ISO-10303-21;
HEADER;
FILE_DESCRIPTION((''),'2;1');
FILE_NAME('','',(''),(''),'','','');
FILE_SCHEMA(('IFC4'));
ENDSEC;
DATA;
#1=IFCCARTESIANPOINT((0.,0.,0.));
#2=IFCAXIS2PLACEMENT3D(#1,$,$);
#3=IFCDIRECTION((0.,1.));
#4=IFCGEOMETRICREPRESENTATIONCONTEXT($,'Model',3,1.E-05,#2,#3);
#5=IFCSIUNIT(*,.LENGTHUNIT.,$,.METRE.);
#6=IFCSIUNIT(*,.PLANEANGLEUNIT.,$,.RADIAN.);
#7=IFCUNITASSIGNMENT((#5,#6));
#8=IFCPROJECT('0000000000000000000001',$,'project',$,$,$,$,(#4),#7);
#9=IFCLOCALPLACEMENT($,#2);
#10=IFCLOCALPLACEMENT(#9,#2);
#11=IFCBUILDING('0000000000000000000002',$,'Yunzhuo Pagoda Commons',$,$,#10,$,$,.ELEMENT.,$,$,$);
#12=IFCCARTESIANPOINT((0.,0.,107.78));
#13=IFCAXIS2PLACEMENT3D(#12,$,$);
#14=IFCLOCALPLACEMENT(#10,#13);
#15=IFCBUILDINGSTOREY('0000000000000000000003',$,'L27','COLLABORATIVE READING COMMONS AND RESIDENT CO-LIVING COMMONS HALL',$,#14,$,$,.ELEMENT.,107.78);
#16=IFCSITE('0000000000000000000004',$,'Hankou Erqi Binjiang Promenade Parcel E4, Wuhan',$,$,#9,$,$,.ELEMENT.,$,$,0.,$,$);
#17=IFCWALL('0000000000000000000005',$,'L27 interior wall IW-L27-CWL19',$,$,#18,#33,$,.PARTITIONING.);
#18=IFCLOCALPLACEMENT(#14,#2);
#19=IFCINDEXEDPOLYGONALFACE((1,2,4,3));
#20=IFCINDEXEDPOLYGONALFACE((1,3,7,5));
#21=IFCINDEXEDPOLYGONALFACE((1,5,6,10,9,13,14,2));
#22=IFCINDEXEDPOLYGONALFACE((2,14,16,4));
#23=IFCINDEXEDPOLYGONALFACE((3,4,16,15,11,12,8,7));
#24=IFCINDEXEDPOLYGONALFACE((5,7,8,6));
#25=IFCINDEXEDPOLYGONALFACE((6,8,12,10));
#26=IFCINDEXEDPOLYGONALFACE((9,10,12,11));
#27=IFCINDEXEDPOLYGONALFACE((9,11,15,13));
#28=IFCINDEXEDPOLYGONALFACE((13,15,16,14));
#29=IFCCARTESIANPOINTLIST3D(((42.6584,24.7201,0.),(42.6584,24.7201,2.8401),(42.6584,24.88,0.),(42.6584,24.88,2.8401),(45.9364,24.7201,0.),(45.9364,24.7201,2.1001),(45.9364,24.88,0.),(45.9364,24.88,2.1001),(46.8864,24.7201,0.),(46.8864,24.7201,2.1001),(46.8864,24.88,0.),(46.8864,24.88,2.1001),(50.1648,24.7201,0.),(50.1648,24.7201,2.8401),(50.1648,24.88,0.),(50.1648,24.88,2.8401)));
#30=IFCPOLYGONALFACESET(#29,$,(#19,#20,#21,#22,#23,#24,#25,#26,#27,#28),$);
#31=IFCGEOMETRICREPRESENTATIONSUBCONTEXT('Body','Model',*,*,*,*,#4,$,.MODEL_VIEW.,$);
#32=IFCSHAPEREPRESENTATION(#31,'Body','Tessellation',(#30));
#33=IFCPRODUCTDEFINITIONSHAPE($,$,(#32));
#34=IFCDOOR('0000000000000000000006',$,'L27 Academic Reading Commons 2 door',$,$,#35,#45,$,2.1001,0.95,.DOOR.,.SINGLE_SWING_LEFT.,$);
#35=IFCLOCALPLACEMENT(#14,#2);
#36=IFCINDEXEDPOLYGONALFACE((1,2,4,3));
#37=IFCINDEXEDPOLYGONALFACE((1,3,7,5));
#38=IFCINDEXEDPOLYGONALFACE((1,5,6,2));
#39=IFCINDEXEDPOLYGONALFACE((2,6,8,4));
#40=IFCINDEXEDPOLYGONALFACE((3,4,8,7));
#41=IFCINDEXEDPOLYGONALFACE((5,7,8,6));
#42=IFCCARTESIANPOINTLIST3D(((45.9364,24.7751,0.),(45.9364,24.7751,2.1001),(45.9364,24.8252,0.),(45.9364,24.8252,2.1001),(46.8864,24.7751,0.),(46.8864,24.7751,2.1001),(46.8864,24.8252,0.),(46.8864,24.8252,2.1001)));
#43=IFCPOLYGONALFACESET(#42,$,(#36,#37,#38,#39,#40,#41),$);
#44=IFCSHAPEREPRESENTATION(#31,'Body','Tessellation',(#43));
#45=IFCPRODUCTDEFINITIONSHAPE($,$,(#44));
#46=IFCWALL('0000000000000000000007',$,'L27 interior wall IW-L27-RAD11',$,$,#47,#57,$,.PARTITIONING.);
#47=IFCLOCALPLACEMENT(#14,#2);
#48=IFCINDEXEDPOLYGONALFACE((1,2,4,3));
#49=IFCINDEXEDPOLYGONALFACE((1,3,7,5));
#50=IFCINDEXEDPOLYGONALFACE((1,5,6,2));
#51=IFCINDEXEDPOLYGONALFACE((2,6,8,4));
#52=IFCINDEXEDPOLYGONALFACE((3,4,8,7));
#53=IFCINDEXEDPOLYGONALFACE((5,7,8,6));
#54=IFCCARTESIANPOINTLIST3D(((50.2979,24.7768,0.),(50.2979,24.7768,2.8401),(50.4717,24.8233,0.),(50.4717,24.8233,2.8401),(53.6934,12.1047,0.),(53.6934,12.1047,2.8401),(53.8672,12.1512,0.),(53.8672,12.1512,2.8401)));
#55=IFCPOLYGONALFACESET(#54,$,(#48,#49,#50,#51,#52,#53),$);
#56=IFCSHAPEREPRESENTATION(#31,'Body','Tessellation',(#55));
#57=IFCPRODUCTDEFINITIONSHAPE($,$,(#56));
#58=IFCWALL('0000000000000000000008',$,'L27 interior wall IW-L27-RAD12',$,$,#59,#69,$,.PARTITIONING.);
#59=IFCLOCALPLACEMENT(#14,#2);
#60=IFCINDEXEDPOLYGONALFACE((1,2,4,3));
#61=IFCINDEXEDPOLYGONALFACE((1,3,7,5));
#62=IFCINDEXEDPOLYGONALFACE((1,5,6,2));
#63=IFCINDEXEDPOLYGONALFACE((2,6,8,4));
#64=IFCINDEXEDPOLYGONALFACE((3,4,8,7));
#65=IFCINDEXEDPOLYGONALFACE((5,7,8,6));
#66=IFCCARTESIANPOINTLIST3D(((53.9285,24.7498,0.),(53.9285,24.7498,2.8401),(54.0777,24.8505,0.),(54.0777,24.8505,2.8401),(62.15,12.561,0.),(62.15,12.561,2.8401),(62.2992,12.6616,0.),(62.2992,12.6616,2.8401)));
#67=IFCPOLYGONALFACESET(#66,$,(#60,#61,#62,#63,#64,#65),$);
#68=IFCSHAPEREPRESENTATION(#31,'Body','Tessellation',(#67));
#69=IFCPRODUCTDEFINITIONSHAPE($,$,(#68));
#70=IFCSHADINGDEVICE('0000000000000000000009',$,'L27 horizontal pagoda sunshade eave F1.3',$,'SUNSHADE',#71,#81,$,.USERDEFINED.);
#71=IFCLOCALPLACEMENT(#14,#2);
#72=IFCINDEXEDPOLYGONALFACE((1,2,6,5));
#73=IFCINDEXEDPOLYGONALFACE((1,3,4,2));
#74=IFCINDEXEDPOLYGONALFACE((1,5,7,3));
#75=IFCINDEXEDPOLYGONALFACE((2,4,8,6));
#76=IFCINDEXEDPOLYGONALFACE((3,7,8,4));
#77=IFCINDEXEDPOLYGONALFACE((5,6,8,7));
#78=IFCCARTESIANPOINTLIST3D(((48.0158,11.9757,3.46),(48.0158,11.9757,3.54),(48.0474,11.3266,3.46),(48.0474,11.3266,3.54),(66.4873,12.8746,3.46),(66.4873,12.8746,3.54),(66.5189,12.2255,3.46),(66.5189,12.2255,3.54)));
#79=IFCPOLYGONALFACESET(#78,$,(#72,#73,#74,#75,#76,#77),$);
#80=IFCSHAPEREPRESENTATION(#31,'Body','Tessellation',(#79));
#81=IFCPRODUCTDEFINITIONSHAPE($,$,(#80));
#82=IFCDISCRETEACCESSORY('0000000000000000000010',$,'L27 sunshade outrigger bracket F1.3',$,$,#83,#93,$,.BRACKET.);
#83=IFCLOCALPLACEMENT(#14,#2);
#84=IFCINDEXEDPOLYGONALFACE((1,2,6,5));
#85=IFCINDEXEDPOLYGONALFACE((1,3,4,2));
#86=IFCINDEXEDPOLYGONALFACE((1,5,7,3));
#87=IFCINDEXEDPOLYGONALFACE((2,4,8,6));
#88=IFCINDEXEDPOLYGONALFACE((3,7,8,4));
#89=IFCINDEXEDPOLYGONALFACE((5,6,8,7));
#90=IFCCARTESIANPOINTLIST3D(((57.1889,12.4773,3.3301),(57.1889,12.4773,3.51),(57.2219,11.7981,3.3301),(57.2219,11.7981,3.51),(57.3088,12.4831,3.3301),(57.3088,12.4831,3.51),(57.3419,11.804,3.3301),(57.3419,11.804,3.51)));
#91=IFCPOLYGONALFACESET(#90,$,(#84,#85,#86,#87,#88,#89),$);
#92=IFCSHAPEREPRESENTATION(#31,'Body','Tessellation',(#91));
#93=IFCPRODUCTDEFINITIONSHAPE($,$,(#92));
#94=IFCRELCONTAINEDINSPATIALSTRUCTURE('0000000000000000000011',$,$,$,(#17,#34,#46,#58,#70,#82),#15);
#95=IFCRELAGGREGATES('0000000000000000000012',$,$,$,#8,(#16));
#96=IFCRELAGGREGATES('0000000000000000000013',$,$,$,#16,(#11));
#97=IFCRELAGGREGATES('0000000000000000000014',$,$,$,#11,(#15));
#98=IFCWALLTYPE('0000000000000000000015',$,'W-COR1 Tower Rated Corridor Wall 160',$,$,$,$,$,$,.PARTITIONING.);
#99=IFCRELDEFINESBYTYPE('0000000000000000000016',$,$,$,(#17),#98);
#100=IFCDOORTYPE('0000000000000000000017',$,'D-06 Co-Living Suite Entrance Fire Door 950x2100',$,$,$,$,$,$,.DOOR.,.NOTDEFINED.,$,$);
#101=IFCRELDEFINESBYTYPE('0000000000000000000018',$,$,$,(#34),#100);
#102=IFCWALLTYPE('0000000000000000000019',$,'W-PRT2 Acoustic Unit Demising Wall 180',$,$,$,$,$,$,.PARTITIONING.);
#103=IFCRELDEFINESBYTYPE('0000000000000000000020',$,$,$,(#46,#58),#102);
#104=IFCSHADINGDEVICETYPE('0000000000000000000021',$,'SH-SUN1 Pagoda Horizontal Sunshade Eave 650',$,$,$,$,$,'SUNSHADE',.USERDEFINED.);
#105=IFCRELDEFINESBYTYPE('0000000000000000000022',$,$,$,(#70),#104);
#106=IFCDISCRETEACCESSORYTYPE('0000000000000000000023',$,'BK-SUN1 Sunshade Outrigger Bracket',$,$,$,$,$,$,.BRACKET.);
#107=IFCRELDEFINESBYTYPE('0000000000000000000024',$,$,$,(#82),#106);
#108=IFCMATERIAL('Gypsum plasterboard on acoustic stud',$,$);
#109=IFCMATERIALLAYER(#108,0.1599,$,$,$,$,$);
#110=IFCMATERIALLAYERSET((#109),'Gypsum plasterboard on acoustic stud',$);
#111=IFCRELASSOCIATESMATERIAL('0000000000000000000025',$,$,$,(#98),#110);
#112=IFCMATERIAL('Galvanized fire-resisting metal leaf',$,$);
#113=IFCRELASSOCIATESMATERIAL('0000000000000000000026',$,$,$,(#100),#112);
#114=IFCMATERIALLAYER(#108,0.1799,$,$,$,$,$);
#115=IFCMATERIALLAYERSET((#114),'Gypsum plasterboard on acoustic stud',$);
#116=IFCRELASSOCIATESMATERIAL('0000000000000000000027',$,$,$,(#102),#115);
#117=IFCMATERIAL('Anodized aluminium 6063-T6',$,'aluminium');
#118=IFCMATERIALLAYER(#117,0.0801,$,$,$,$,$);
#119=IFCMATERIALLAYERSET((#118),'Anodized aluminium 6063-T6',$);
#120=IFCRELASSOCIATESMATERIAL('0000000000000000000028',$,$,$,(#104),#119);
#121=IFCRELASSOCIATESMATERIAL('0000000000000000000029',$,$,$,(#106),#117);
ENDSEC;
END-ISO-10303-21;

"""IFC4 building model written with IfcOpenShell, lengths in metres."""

from ifc_helpers import new_model, si_unit, direction, frame, frame_2d, origin, origin_with_axes, origin_2d, place, context, subcontext, project, spatial, rectangle, extrude, source, transform, mapped, material, layer, layer_set, type_object, element, fill, save


model = new_model("IFC4")

# Units and contexts
model_context = context("Model", 3, precision=1e-05, world=origin(), true_north=direction((0.0, 1.0)))
body_context = subcontext(model_context, "Body", "Model", "MODEL_VIEW")
ifc_project = project(units=[si_unit("LENGTHUNIT", "METRE"), si_unit("PLANEANGLEUNIT", "RADIAN")], contexts=[model_context])

# Site, building, storey
site_placement = place(None, origin())
site = spatial("IfcSite", under=ifc_project, at=site_placement, Name="Hankou Erqi Binjiang Promenade Parcel E4, Wuhan", CompositionType="ELEMENT", RefElevation=0.0)
building_placement = place(site_placement, origin())
building = spatial("IfcBuilding", under=site, at=building_placement, Name="Yunzhuo Pagoda Commons", CompositionType="ELEMENT")
storey_placement = place(building_placement, frame((0.0, 0.0, 107.78)))
storey = spatial("IfcBuildingStorey", under=building, at=storey_placement, Name="L27", Description="COLLABORATIVE READING COMMONS AND RESIDENT CO-LIVING COMMONS HALL", CompositionType="ELEMENT", Elevation=107.78)

# Shared definitions
ifc_material_1 = material(Name="Anodized aluminium 6063-T6", Category="aluminium")

# Wall, opening, door
ifc_material_2 = material(Name="Gypsum plasterboard on acoustic stud")
ifc_layer_1 = layer(ifc_material_2, 0.1599)
ifc_layer_set_1 = layer_set([ifc_layer_1], Name="Gypsum plasterboard on acoustic stud")
wall_type_1 = type_object("IfcWallType", Name="W-COR1 Tower Rated Corridor Wall 160", PredefinedType="PARTITIONING", material=ifc_layer_set_1)
ifc_material_3 = material(Name="Galvanized fire-resisting metal leaf")
door_type = type_object("IfcDoorType", Name="D-06 Co-Living Suite Entrance Fire Door 950x2100", OperationType="NOTDEFINED", PredefinedType="DOOR", material=ifc_material_3)
shared_shape_1 = source(origin(), body_context, "Body", "SweptSolid", [
    extrude(rectangle(XDim=0.95, YDim=2.1001, at=frame_2d((0.4751, 1.05))), frame((0.0, 0.0249, 0.0), z_axis=(0.0, -1.0, 0.0), x_axis=(1.0, 0.0, 0.0)), (0.0, 0.0, 1.0), 0.05),
])
wall_1_placement = place(storey_placement, frame((50.1648, 24.8, 0.0), z_axis=(0.0, 0.0, 1.0), x_axis=(-1.0, 0.0, 0.0)))
wall_1 = element("IfcWall", 1, at=wall_1_placement, inside=storey, type_object=wall_type_1, Name="L27 interior wall IW-L27-CWL19", PredefinedType="PARTITIONING", context=body_context, shape_type="SweptSolid", body=[
    extrude(rectangle(XDim=7.5063, YDim=0.1599, at=frame_2d((3.7532, 0.0))), origin(), (0.0, 0.0, 1.0), 2.8401),
])
opening_1_placement = place(wall_1_placement, frame((3.2783, 0.0, 0.0)))
opening_1 = element("IfcOpeningElement", 2, at=opening_1_placement, cuts=wall_1, PredefinedType="OPENING", context=body_context, shape_type="SweptSolid", body=[
    extrude(rectangle(XDim=0.95, YDim=2.1001, at=frame_2d((0.4751, 1.05))), frame((0.0, 0.0898, 0.0), z_axis=(0.0, -1.0, 0.0), x_axis=(1.0, 0.0, 0.0)), (0.0, 0.0, 1.0), 0.1799),
])
door_1_placement = place(opening_1_placement, origin_with_axes())
door_1 = element("IfcDoor", 3, at=door_1_placement, inside=storey, type_object=door_type, Name="L27 Academic Reading Commons 2 door", OperationType="SINGLE_SWING_LEFT", OverallHeight=2.1001, OverallWidth=0.95, PredefinedType="DOOR", context=body_context, shape_type="MappedRepresentation", body=[
    mapped(shared_shape_1, transform((0.0, 0.0, 0.0), scale=1.0)),
])
fill(opening_1, door_1)

# Walls
ifc_layer_2 = layer(ifc_material_2, 0.1799)
ifc_layer_set_2 = layer_set([ifc_layer_2], Name="Gypsum plasterboard on acoustic stud")
wall_type_2 = type_object("IfcWallType", Name="W-PRT2 Acoustic Unit Demising Wall 180", PredefinedType="PARTITIONING", material=ifc_layer_set_2)
wall_2_placement = place(storey_placement, frame((50.3848, 24.8, 0.0), z_axis=(0.0, 0.0, 1.0), x_axis=(0.258821, -0.965925, 0.0)))
element("IfcWall", 4, at=wall_2_placement, inside=storey, type_object=wall_type_2, Name="L27 interior wall IW-L27-RAD11", PredefinedType="PARTITIONING", context=body_context, shape_type="SweptSolid", body=[
    extrude(rectangle(XDim=13.1191, YDim=0.1799, at=frame_2d((6.5596, 0.0))), origin(), (0.0, 0.0, 1.0), 2.8401),
])
wall_3_placement = place(storey_placement, frame((54.0032, 24.8, 0.0), z_axis=(0.0, 0.0, 1.0), x_axis=(0.559195, -0.829036, 0.0)))
element("IfcWall", 5, at=wall_3_placement, inside=storey, type_object=wall_type_2, Name="L27 interior wall IW-L27-RAD12", PredefinedType="PARTITIONING", context=body_context, shape_type="SweptSolid", body=[
    extrude(rectangle(XDim=14.7024, YDim=0.1799, at=frame_2d((7.3511, 0.0))), origin(), (0.0, 0.0, 1.0), 2.8401),
])

# Shading device
ifc_layer_3 = layer(ifc_material_1, 0.0801)
ifc_layer_set_3 = layer_set([ifc_layer_3], Name="Anodized aluminium 6063-T6")
shading_device_type = type_object("IfcShadingDeviceType", Name="SH-SUN1 Pagoda Horizontal Sunshade Eave 650", ElementType="SUNSHADE", PredefinedType="USERDEFINED", material=ifc_layer_set_3)
shared_shape_2 = source(origin(), body_context, "Body", "SweptSolid", [
    extrude(rectangle(XDim=18.4934, YDim=0.6499, at=origin_2d()), origin(), (0.0, 0.0, 1.0), 0.0801),
])
shading_device_placement = place(storey_placement, frame((57.2673, 12.1006, 3.46), z_axis=(0.0, 0.0, 1.0), x_axis=(0.998818, 0.048606, 0.0)))
element("IfcShadingDevice", 6, at=shading_device_placement, inside=storey, type_object=shading_device_type, Name="L27 horizontal pagoda sunshade eave F1.3", ObjectType="SUNSHADE", PredefinedType="USERDEFINED", context=body_context, shape_type="MappedRepresentation", body=[
    mapped(shared_shape_2, transform((0.0, 0.0, 0.0), scale=1.0)),
])

# Discrete accessory
discrete_accessory_type = type_object("IfcDiscreteAccessoryType", Name="BK-SUN1 Sunshade Outrigger Bracket", PredefinedType="BRACKET", material=ifc_material_1)
shared_shape_3 = source(origin(), body_context, "Body", "SweptSolid", [
    extrude(rectangle(XDim=0.1201, YDim=0.6799, at=origin_2d()), origin(), (0.0, 0.0, 1.0), 0.1799),
])
discrete_accessory_placement = place(storey_placement, frame((57.2654, 12.1406, 3.3301), z_axis=(0.0, 0.0, 1.0), x_axis=(0.998818, 0.048606, 0.0)))
element("IfcDiscreteAccessory", 7, at=discrete_accessory_placement, inside=storey, type_object=discrete_accessory_type, Name="L27 sunshade outrigger bracket F1.3", PredefinedType="BRACKET", context=body_context, shape_type="MappedRepresentation", body=[
    mapped(shared_shape_3, transform((0.0, 0.0, 0.0), scale=1.0)),
])

save(model, "model.ifc")
